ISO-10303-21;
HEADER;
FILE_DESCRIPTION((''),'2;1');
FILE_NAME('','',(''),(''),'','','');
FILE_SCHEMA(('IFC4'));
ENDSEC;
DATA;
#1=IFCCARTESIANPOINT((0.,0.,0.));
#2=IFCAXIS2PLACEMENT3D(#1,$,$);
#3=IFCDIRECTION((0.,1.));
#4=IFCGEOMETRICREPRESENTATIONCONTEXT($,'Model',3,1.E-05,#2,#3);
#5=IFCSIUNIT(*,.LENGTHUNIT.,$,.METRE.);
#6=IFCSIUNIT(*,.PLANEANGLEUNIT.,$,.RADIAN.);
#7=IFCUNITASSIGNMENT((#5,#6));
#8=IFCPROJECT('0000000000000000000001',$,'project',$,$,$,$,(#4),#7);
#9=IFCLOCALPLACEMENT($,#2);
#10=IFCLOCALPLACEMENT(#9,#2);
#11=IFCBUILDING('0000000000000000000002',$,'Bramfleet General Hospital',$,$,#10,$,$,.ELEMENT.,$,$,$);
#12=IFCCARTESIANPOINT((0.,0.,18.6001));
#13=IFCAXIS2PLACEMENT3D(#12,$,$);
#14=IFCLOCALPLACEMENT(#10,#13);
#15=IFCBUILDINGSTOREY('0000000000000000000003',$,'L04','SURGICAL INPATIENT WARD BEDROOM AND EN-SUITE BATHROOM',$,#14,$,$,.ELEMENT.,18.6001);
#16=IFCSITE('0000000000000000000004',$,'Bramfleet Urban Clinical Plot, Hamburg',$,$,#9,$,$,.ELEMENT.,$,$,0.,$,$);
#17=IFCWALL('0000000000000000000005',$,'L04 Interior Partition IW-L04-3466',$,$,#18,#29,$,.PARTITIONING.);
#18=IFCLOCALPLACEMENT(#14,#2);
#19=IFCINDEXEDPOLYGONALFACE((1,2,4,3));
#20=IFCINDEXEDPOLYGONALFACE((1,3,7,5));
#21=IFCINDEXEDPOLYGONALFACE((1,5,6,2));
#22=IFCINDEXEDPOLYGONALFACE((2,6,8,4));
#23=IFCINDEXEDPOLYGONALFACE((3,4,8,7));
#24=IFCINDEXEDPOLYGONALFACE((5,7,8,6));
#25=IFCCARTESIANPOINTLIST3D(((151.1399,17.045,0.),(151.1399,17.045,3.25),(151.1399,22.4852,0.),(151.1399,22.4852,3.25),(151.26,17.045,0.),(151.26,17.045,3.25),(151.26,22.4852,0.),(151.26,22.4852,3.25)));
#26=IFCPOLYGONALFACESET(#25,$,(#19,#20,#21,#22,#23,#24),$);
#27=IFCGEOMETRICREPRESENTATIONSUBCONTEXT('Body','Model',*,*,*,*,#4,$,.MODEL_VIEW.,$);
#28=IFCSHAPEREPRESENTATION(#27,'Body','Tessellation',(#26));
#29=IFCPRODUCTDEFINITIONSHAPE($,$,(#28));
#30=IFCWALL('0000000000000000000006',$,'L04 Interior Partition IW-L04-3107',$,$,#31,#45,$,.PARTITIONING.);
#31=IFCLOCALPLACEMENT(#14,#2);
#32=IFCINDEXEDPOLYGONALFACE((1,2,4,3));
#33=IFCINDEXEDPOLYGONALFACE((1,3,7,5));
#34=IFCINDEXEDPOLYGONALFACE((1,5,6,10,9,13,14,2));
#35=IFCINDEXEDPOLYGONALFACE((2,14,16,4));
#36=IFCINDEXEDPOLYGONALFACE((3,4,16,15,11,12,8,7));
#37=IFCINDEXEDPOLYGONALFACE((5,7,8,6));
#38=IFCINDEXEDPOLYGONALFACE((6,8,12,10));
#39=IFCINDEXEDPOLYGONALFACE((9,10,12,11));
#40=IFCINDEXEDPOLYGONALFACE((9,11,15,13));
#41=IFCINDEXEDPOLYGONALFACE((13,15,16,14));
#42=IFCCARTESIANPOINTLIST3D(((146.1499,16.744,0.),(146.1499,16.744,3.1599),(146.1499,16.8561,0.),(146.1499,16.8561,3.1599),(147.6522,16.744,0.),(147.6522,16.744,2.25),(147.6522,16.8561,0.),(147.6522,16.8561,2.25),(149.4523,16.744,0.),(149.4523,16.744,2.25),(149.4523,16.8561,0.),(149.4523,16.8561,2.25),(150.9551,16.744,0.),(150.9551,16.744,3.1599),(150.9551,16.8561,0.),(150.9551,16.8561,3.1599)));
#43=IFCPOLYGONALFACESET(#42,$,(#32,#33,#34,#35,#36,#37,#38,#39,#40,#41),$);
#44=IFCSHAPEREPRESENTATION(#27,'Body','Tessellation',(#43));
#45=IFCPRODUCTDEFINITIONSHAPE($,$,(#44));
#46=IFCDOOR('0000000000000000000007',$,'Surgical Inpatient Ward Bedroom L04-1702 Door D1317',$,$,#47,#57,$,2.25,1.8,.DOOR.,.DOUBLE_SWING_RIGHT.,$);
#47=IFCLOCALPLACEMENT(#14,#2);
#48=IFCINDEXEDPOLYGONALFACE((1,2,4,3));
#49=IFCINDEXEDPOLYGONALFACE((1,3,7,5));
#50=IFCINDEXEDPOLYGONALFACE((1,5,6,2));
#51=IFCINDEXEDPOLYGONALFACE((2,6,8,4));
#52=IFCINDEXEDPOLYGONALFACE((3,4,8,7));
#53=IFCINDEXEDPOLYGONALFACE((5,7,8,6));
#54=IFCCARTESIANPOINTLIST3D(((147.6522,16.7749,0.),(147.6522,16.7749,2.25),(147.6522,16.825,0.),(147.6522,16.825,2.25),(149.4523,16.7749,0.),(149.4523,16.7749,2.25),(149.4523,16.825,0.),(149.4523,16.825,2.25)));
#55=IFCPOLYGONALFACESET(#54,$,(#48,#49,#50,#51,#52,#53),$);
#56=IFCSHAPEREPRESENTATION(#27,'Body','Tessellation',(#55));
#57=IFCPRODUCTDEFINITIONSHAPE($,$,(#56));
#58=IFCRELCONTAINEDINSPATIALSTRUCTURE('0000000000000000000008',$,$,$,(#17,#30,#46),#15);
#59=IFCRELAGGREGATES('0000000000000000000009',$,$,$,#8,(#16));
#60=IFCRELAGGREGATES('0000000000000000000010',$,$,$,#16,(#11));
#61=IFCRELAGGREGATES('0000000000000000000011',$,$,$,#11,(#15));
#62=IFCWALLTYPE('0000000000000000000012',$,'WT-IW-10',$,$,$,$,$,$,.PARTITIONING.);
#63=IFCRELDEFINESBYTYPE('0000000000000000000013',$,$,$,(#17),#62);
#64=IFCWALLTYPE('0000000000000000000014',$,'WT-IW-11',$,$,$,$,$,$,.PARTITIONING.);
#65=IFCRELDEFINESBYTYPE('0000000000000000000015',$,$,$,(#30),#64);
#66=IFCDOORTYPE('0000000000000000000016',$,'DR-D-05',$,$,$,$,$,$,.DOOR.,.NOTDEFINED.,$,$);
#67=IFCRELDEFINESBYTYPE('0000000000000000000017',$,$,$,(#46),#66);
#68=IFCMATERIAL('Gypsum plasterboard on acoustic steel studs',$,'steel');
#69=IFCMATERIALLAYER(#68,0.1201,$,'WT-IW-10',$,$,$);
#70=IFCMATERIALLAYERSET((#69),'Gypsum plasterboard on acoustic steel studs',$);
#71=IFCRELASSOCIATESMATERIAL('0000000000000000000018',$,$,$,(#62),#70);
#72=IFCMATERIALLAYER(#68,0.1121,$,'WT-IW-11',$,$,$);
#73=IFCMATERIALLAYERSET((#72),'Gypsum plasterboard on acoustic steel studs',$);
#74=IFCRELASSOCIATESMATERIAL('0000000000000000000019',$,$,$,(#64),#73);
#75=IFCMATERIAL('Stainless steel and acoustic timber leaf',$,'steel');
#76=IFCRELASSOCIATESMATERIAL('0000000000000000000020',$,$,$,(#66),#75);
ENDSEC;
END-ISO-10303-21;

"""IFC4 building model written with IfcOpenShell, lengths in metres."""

from ifc_helpers import new_model, si_unit, direction, frame, frame_2d, origin, place, context, subcontext, project, spatial, rectangle, extrude, material, layer, layer_set, type_object, element, fill, save


model = new_model("IFC4")

# Units and contexts
model_context = context("Model", 3, precision=1e-05, world=origin(), true_north=direction((0.0, 1.0)))
body_context = subcontext(model_context, "Body", "Model", "MODEL_VIEW")
ifc_project = project(units=[si_unit("LENGTHUNIT", "METRE"), si_unit("PLANEANGLEUNIT", "RADIAN")], contexts=[model_context])

# Site, building, storey
site_placement = place(None, origin())
site = spatial("IfcSite", under=ifc_project, at=site_placement, Name="Bramfleet Urban Clinical Plot, Hamburg", CompositionType="ELEMENT", RefElevation=0.0)
building_placement = place(site_placement, origin())
building = spatial("IfcBuilding", under=site, at=building_placement, Name="Bramfleet General Hospital", CompositionType="ELEMENT")
storey_placement = place(building_placement, frame((0.0, 0.0, 18.6001)))
storey = spatial("IfcBuildingStorey", under=building, at=storey_placement, Name="L04", Description="SURGICAL INPATIENT WARD BEDROOM AND EN-SUITE BATHROOM", CompositionType="ELEMENT", Elevation=18.6001)

# Shared definitions
ifc_material_1 = material(Name="Stainless steel and acoustic timber leaf", Category="steel")

# Shared definitions
ifc_material_2 = material(Name="Gypsum plasterboard on acoustic steel studs", Category="steel")

# Wall
ifc_layer_1 = layer(ifc_material_2, 0.1201, Name="WT-IW-10")
ifc_layer_set_1 = layer_set([ifc_layer_1], Name="Gypsum plasterboard on acoustic steel studs")
wall_type_1 = type_object("IfcWallType", Name="WT-IW-10", PredefinedType="PARTITIONING", material=ifc_layer_set_1)
wall_1_placement = place(storey_placement, frame((151.2, 17.0449, 0.0), z_axis=(0.0, 0.0, 1.0), x_axis=(0.0, 1.0, 0.0)))
element("IfcWall", 1, at=wall_1_placement, inside=storey, type_object=wall_type_1, Name="L04 Interior Partition IW-L04-3466", PredefinedType="PARTITIONING", context=body_context, shape_type="SweptSolid", body=[
    extrude(rectangle(XDim=5.4402, YDim=0.1201, at=frame_2d((2.7202, 0.0))), origin(), (0.0, 0.0, 1.0), 3.25),
])

# Wall, opening, door
ifc_layer_2 = layer(ifc_material_2, 0.1121, Name="WT-IW-11")
ifc_layer_set_2 = layer_set([ifc_layer_2], Name="Gypsum plasterboard on acoustic steel studs")
wall_type_2 = type_object("IfcWallType", Name="WT-IW-11", PredefinedType="PARTITIONING", material=ifc_layer_set_2)
wall_2_placement = place(storey_placement, frame((146.1499, 16.8, 0.0), z_axis=(0.0, 0.0, 1.0), x_axis=(1.0, 0.0, 0.0)))
wall_2 = element("IfcWall", 2, at=wall_2_placement, inside=storey, type_object=wall_type_2, Name="L04 Interior Partition IW-L04-3107", PredefinedType="PARTITIONING", context=body_context, shape_type="SweptSolid", body=[
    extrude(rectangle(XDim=4.8052, YDim=0.1121, at=frame_2d((2.4026, 0.0))), origin(), (0.0, 0.0, 1.0), 3.1599),
])
opening_1_placement = place(wall_2_placement, frame((1.5024, 0.0, 0.0)))
opening_1 = element("IfcOpeningElement", 3, at=opening_1_placement, cuts=wall_2, PredefinedType="OPENING", context=body_context, shape_type="SweptSolid", body=[
    extrude(rectangle(XDim=1.8, YDim=2.25, at=frame_2d((0.8999, 1.125))), frame((0.0, 0.0659, 0.0), z_axis=(0.0, -1.0, 0.0), x_axis=(1.0, 0.0, 0.0)), (0.0, 0.0, 1.0), 0.1321),
])
door_type_1 = type_object("IfcDoorType", Name="DR-D-05", OperationType="NOTDEFINED", PredefinedType="DOOR", material=ifc_material_1)
door_1_placement = place(opening_1_placement, origin())
door_1 = element("IfcDoor", 4, at=door_1_placement, inside=storey, type_object=door_type_1, Name="Surgical Inpatient Ward Bedroom L04-1702 Door D1317", OperationType="DOUBLE_SWING_RIGHT", OverallHeight=2.25, OverallWidth=1.8, PredefinedType="DOOR", context=body_context, shape_type="SweptSolid", body=[
    extrude(rectangle(XDim=1.8, YDim=2.25, at=frame_2d((0.8999, 1.125))), frame((0.0, 0.0249, 0.0), z_axis=(0.0, -1.0, 0.0), x_axis=(1.0, 0.0, 0.0)), (0.0, 0.0, 1.0), 0.05),
])
fill(opening_1, door_1)

save(model, "model.ifc")
